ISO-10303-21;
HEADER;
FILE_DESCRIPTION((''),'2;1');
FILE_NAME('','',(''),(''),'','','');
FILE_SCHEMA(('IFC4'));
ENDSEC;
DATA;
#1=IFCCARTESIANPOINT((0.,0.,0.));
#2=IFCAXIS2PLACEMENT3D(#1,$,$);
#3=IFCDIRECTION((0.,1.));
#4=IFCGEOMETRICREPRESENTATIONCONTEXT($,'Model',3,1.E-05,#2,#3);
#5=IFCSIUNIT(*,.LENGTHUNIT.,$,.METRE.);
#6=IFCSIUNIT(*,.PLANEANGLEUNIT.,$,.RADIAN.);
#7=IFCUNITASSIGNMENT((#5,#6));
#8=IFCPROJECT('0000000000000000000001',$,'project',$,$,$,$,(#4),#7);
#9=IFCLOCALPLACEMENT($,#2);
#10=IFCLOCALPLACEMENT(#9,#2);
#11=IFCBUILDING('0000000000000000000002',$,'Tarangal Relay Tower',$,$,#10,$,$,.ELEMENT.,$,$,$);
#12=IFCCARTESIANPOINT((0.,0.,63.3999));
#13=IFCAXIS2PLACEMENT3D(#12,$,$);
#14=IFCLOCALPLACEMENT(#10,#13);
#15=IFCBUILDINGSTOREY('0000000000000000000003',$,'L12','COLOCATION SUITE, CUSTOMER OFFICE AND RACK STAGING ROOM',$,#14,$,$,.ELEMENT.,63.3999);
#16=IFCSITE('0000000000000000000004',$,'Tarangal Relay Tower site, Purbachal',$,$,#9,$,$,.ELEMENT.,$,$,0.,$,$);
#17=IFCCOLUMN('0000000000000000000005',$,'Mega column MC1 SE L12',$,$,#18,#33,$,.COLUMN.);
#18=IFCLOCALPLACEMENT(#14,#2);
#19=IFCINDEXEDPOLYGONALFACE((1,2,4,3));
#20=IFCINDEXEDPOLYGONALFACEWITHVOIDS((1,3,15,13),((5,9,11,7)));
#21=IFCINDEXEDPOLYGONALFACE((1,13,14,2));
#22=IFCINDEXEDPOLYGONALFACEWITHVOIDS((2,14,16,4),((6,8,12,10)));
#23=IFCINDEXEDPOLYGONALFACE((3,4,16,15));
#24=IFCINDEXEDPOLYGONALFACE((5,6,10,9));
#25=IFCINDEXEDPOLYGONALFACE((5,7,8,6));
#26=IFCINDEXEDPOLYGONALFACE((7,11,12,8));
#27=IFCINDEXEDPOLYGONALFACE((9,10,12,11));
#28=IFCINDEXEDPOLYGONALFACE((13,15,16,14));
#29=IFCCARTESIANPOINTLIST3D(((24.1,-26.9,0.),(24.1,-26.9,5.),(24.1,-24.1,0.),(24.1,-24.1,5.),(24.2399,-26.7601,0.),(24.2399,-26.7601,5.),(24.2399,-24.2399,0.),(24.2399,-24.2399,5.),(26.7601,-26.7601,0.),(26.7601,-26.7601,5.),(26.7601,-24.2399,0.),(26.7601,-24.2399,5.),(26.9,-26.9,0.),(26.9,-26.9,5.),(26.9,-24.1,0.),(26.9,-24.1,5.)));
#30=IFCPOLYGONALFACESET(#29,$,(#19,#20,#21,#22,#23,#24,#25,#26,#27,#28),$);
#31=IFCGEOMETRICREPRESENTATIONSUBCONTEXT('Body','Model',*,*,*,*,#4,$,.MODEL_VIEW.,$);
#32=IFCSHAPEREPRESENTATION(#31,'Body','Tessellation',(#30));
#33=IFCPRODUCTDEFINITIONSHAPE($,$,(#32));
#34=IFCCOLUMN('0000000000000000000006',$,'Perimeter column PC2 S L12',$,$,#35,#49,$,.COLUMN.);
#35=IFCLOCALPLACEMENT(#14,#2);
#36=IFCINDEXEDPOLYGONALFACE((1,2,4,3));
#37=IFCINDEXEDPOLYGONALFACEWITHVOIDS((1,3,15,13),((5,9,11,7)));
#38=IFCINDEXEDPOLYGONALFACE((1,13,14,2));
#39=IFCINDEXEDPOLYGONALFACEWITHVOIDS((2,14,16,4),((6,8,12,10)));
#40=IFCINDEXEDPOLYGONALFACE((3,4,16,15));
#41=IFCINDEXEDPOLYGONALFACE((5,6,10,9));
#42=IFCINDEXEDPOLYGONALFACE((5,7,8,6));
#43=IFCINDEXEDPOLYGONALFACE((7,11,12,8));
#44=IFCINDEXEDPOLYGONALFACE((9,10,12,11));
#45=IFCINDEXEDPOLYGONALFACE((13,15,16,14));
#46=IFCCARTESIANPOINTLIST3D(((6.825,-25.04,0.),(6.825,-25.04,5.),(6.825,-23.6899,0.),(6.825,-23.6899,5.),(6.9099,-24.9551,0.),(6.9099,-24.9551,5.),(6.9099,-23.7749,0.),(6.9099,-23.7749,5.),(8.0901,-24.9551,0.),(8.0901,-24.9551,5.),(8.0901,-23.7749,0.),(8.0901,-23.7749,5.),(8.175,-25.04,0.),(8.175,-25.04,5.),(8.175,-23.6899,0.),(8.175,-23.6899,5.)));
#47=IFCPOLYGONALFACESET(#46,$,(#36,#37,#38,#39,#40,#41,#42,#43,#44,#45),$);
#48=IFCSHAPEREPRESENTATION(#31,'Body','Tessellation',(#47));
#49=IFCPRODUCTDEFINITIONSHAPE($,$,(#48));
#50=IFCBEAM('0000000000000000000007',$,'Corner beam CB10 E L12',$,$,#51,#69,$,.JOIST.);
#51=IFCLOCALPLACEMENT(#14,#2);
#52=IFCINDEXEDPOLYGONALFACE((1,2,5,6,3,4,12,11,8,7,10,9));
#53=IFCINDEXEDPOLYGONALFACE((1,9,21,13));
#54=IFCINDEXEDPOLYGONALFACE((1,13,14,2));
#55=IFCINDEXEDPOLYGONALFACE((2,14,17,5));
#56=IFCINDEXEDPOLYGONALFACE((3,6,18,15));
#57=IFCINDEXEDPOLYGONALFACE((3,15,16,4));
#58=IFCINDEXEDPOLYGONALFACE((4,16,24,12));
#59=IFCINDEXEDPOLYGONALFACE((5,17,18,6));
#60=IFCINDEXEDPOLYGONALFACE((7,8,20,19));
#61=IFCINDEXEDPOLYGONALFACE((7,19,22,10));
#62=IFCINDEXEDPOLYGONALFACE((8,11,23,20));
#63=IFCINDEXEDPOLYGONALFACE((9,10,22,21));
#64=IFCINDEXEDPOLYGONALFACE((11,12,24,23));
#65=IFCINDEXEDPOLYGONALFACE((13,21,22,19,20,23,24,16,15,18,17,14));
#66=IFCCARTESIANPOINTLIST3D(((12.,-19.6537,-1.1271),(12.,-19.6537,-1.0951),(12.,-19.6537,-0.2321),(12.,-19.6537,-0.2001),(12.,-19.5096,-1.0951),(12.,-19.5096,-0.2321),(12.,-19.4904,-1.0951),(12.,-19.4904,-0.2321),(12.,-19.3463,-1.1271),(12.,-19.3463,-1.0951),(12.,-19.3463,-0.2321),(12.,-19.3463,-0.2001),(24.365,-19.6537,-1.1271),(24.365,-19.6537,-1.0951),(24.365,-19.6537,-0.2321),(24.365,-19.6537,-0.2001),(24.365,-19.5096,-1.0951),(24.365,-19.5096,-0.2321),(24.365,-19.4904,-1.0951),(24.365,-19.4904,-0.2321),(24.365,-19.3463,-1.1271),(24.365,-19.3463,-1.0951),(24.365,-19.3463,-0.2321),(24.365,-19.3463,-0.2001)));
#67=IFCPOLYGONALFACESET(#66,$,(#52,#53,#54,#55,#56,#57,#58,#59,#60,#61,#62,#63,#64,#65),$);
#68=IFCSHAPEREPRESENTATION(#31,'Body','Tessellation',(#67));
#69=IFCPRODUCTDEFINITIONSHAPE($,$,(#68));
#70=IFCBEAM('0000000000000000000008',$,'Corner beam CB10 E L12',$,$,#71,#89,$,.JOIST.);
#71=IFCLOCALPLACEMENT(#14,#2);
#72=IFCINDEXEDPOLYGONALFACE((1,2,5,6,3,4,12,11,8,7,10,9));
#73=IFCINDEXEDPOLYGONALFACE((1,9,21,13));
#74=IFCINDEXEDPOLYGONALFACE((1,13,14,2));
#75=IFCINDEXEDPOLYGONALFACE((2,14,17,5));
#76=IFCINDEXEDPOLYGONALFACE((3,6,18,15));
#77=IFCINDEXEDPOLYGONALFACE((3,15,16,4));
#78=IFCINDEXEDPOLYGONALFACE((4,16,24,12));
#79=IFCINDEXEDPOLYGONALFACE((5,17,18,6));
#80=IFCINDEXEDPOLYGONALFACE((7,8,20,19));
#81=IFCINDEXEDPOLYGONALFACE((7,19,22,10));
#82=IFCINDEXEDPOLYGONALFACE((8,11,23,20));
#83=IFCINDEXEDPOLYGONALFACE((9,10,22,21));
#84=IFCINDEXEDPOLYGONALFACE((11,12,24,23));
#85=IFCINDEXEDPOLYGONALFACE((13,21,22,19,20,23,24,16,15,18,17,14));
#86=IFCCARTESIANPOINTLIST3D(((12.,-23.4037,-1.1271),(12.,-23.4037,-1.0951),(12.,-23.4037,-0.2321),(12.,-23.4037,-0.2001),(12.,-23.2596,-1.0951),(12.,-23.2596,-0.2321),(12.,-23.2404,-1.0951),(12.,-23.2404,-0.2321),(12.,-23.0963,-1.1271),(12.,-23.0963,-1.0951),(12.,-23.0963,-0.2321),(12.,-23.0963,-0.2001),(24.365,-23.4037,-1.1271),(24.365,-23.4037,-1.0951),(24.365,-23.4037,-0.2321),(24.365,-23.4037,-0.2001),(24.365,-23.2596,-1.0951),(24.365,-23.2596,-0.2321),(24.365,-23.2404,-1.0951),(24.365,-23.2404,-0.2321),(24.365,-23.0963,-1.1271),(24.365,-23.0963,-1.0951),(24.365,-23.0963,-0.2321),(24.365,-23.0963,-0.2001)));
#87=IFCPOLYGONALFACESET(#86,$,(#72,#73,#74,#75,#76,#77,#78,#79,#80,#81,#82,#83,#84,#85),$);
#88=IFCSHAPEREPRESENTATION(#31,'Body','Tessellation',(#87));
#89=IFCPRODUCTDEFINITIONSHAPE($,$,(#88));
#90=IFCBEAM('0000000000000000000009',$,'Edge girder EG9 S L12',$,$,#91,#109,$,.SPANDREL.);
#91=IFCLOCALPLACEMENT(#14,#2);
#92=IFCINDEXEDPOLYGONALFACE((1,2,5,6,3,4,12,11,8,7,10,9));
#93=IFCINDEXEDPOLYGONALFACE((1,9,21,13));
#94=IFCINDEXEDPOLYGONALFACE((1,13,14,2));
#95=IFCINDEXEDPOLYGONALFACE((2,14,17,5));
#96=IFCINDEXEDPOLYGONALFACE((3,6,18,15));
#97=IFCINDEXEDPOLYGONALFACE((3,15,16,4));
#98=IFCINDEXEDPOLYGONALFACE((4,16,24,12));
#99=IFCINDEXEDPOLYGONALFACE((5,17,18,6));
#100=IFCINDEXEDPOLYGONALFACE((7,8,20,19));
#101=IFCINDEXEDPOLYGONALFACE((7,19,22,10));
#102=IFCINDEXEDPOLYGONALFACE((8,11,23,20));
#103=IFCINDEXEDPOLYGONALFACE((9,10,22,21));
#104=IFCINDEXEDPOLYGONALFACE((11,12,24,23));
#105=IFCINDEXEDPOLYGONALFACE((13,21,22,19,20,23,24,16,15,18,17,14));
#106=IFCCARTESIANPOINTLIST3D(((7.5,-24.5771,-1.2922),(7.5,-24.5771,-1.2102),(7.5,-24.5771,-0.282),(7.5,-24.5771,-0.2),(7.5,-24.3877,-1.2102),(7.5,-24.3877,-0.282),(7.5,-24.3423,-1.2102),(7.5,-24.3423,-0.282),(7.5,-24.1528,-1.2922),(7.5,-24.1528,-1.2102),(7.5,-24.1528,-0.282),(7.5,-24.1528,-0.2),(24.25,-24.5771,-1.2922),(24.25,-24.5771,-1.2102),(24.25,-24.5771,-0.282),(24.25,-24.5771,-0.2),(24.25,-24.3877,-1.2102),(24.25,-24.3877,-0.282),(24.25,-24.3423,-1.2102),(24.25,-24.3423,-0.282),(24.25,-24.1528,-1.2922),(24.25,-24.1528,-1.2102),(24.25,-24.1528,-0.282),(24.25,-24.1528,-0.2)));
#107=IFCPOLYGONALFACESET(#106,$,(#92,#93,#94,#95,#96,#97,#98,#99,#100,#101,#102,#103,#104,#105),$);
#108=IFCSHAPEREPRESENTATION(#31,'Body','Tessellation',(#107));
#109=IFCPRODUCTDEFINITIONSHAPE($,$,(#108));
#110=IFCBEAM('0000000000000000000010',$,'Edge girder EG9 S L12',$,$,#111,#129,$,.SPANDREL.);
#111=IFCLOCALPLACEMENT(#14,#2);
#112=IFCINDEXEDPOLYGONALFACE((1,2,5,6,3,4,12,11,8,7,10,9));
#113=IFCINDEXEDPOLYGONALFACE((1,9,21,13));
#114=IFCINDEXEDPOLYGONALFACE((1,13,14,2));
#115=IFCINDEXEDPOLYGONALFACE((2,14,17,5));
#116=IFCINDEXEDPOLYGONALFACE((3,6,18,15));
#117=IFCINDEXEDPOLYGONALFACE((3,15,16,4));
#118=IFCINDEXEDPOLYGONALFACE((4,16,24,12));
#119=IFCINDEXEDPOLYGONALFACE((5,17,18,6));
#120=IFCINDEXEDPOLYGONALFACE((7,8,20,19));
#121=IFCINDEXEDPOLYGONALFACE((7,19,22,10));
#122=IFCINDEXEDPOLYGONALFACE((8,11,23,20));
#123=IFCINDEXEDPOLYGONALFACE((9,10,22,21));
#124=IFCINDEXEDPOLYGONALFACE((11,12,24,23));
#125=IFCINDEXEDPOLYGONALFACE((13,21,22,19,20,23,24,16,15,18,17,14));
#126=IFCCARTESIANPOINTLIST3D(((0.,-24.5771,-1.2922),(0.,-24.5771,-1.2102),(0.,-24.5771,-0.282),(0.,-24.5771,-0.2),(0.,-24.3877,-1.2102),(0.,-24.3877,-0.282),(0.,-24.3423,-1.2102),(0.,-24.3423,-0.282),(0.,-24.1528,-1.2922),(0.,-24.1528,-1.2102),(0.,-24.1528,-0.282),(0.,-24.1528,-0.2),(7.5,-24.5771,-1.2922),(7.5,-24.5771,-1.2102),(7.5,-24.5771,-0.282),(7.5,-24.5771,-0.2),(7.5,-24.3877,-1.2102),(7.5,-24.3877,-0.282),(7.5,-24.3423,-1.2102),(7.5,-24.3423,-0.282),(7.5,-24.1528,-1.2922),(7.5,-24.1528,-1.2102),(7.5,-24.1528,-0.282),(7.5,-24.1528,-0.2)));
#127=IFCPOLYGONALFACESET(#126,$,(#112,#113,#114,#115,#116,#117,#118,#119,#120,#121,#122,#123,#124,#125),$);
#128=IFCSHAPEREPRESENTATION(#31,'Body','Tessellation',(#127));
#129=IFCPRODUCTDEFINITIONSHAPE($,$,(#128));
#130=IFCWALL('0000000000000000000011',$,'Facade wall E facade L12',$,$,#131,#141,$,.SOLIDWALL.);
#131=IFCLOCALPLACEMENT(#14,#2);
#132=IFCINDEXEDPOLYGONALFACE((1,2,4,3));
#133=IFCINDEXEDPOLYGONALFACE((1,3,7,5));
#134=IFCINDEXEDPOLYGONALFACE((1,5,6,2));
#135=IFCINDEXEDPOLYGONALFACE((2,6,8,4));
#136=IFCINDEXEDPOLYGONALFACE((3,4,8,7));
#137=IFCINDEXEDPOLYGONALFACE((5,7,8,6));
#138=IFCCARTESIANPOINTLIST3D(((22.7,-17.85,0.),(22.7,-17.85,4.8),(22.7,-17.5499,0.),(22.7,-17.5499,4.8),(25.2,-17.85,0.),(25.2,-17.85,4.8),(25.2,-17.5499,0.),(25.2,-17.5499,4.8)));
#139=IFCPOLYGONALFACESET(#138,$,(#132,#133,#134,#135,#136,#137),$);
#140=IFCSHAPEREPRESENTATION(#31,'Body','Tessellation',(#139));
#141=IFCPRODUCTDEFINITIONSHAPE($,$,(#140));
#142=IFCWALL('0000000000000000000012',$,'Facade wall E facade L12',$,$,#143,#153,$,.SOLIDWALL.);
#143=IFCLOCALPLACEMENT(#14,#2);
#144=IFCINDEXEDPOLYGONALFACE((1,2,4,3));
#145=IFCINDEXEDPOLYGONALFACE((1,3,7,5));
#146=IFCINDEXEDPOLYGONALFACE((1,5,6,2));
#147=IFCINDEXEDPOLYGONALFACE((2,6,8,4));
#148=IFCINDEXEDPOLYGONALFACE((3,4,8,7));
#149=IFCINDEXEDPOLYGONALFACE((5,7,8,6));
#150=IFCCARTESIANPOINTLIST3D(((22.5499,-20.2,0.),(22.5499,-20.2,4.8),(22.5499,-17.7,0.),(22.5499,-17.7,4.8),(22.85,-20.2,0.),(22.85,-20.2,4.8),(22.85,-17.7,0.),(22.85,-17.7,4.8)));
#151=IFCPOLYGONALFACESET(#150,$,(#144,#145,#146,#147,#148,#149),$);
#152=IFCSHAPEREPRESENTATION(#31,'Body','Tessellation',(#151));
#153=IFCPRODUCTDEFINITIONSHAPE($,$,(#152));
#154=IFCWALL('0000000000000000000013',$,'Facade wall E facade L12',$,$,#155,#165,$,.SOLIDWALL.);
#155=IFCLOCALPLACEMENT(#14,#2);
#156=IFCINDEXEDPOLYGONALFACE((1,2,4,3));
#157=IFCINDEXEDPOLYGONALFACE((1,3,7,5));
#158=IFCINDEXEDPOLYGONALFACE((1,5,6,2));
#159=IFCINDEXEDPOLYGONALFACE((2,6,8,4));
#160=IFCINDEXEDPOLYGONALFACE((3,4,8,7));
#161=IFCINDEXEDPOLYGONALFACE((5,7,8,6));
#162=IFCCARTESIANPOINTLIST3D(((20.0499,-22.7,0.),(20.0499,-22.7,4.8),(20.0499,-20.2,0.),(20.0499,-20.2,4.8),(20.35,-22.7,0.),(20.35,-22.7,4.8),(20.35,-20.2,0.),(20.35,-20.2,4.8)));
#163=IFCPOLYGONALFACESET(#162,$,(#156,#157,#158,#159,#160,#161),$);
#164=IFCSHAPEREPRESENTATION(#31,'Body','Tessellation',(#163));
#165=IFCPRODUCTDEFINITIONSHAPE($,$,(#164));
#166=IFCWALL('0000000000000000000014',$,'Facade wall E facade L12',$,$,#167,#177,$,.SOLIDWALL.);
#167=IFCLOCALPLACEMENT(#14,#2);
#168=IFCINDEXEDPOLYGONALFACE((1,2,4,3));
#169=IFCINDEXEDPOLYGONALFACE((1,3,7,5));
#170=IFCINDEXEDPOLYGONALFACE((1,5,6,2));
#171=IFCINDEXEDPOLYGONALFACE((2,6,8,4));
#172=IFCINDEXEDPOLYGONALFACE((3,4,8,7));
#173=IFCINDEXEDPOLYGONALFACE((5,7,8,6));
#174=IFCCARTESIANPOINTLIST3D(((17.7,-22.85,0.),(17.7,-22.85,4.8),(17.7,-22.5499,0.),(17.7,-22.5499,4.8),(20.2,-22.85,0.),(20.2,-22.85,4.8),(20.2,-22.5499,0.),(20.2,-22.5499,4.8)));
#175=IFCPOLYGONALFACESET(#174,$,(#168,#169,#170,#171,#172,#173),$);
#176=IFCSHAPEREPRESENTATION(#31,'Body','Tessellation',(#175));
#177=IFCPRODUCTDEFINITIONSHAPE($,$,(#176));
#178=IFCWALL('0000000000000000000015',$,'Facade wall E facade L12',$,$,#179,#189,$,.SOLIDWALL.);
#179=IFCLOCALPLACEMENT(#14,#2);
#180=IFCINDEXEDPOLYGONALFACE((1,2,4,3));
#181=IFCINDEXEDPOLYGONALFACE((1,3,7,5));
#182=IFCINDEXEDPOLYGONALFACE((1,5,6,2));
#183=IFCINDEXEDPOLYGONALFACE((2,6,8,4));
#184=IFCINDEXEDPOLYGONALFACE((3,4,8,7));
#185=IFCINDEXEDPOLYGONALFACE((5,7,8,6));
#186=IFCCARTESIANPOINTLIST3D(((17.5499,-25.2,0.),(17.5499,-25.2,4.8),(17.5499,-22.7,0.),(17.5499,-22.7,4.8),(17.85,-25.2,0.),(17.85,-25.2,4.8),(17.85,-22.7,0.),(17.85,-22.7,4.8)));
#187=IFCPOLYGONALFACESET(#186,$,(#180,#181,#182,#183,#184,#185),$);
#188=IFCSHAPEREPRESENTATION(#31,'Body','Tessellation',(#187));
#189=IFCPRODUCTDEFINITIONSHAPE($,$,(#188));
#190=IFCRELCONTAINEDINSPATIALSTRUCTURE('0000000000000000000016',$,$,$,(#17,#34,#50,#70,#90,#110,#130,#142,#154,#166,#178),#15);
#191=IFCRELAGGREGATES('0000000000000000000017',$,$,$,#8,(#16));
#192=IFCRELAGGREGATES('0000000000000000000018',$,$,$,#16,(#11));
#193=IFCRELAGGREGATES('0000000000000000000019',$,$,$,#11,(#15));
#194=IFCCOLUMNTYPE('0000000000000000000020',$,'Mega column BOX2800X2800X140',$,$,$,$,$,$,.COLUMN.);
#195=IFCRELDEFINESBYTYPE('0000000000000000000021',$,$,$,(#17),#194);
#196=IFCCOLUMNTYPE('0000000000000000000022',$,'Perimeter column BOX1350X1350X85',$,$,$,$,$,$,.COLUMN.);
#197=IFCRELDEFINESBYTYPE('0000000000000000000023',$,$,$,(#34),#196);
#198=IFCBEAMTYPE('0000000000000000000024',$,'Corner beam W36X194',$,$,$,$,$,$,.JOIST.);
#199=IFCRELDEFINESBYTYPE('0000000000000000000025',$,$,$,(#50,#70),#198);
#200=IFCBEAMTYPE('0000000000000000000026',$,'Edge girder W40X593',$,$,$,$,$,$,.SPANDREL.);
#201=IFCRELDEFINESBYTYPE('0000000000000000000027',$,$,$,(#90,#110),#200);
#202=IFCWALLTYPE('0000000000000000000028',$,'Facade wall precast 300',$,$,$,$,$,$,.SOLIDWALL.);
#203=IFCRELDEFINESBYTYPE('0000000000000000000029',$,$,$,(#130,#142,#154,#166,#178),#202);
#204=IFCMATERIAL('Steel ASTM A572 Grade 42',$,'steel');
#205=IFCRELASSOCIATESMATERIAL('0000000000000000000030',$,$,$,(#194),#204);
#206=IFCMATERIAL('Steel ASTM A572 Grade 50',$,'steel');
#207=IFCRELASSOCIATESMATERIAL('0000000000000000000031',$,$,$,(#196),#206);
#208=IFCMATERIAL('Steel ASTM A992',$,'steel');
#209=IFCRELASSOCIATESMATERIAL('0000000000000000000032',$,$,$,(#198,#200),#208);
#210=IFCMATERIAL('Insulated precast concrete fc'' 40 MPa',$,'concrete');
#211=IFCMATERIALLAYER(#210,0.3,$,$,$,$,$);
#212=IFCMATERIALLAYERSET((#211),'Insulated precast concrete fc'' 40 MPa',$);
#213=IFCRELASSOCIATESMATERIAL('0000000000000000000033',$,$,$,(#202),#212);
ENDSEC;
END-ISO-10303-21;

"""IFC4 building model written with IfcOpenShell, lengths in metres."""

from ifc_helpers import new_model, si_unit, direction, frame, frame_2d, origin, origin_2d, place, context, subcontext, project, spatial, rectangle, hollow_rectangle, i_section, extrude, material, layer, layer_set, material_profile, profile_set, type_object, element, save


model = new_model("IFC4")

# Units and contexts
model_context = context("Model", 3, precision=1e-05, world=origin(), true_north=direction((0.0, 1.0)))
body_context = subcontext(model_context, "Body", "Model", "MODEL_VIEW")
ifc_project = project(units=[si_unit("LENGTHUNIT", "METRE"), si_unit("PLANEANGLEUNIT", "RADIAN")], contexts=[model_context])

# Site, building, storey
site_placement = place(None, origin())
site = spatial("IfcSite", under=ifc_project, at=site_placement, Name="Tarangal Relay Tower site, Purbachal", CompositionType="ELEMENT", RefElevation=0.0)
building_placement = place(site_placement, origin())
building = spatial("IfcBuilding", under=site, at=building_placement, Name="Tarangal Relay Tower", CompositionType="ELEMENT")
storey_placement = place(building_placement, frame((0.0, 0.0, 63.3999)))
storey = spatial("IfcBuildingStorey", under=building, at=storey_placement, Name="L12", Description="COLOCATION SUITE, CUSTOMER OFFICE AND RACK STAGING ROOM", CompositionType="ELEMENT", Elevation=63.3999)

# Columns
ifc_material_1 = material(Name="Steel ASTM A572 Grade 42", Category="steel")
ifc_material_profile_1 = material_profile(ifc_material_1, hollow_rectangle(XDim=2.8, YDim=2.8, WallThickness=0.1399, at=origin_2d()), Name="BOX2800X2800X140")
ifc_profile_set_1 = profile_set([ifc_material_profile_1], Name="Steel ASTM A572 Grade 42")
column_type_1 = type_object("IfcColumnType", Name="Mega column BOX2800X2800X140", PredefinedType="COLUMN", material=ifc_profile_set_1)
column_1_placement = place(storey_placement, frame((25.5, -25.5, 0.0), z_axis=(0.0, 0.0, 1.0), x_axis=(1.0, 0.0, 0.0)))
element("IfcColumn", 1, at=column_1_placement, inside=storey, type_object=column_type_1, Name="Mega column MC1 SE L12", PredefinedType="COLUMN", context=body_context, shape_type="SweptSolid", body=[
    extrude(hollow_rectangle(XDim=2.8, YDim=2.8, WallThickness=0.1399, at=origin_2d()), origin(), (0.0, 0.0, 1.0), 5.0),
])
ifc_material_2 = material(Name="Steel ASTM A572 Grade 50", Category="steel")
ifc_material_profile_2 = material_profile(ifc_material_2, hollow_rectangle(XDim=1.3501, YDim=1.3501, WallThickness=0.085, at=origin_2d()), Name="BOX1350X1350X85")
ifc_profile_set_2 = profile_set([ifc_material_profile_2], Name="Steel ASTM A572 Grade 50")
column_type_2 = type_object("IfcColumnType", Name="Perimeter column BOX1350X1350X85", PredefinedType="COLUMN", material=ifc_profile_set_2)
column_2_placement = place(storey_placement, frame((7.5, -24.365, 0.0), z_axis=(0.0, 0.0, 1.0), x_axis=(1.0, 0.0, 0.0)))
element("IfcColumn", 2, at=column_2_placement, inside=storey, type_object=column_type_2, Name="Perimeter column PC2 S L12", PredefinedType="COLUMN", context=body_context, shape_type="SweptSolid", body=[
    extrude(hollow_rectangle(XDim=1.3501, YDim=1.3501, WallThickness=0.085, at=origin_2d()), origin(), (0.0, 0.0, 1.0), 5.0),
])

# Beams
ifc_material_3 = material(Name="Steel ASTM A992", Category="steel")
ifc_material_profile_3 = material_profile(ifc_material_3, i_section(OverallWidth=0.3074, OverallDepth=0.927, WebThickness=0.0193, FlangeThickness=0.032, at=origin_2d()), Name="W36X194")
ifc_profile_set_3 = profile_set([ifc_material_profile_3], Name="Steel ASTM A992")
beam_type_1 = type_object("IfcBeamType", Name="Corner beam W36X194", PredefinedType="JOIST", material=ifc_profile_set_3)
for number, where, z_axis, x_axis, name in (
    (3, (12.0, -19.5, -0.6636), (1.0, 0.0, 0.0), (0.0, 1.0, 0.0), "Corner beam CB10 E L12"),
    (4, (12.0, -23.25, -0.6636), (1.0, 0.0, 0.0), (0.0, 1.0, 0.0), "Corner beam CB10 E L12"),
):
    element("IfcBeam", number, at=place(storey_placement, frame(where, z_axis=z_axis, x_axis=x_axis)), inside=storey, type_object=beam_type_1, Name=name, PredefinedType="JOIST", context=body_context, shape_type="SweptSolid", body=[
        extrude(i_section(OverallWidth=0.3074, OverallDepth=0.927, WebThickness=0.0193, FlangeThickness=0.032, at=origin_2d()), origin(), (0.0, 0.0, 1.0), 12.365),
    ])
ifc_material_profile_4 = material_profile(ifc_material_3, i_section(OverallWidth=0.4243, OverallDepth=1.0923, WebThickness=0.0454, FlangeThickness=0.082, at=origin_2d()), Name="W40X593")
ifc_profile_set_4 = profile_set([ifc_material_profile_4], Name="Steel ASTM A992")
beam_type_2 = type_object("IfcBeamType", Name="Edge girder W40X593", PredefinedType="SPANDREL", material=ifc_profile_set_4)
beam_1_placement = place(storey_placement, frame((24.25, -24.365, -0.7461), z_axis=(-1.0, 0.0, 0.0), x_axis=(0.0, -1.0, 0.0)))
element("IfcBeam", 5, at=beam_1_placement, inside=storey, type_object=beam_type_2, Name="Edge girder EG9 S L12", PredefinedType="SPANDREL", context=body_context, shape_type="SweptSolid", body=[
    extrude(i_section(OverallWidth=0.4243, OverallDepth=1.0923, WebThickness=0.0454, FlangeThickness=0.082, at=origin_2d()), origin(), (0.0, 0.0, 1.0), 16.75),
])
beam_2_placement = place(storey_placement, frame((7.5, -24.365, -0.7461), z_axis=(-1.0, 0.0, 0.0), x_axis=(0.0, -1.0, 0.0)))
element("IfcBeam", 6, at=beam_2_placement, inside=storey, type_object=beam_type_2, Name="Edge girder EG9 S L12", PredefinedType="SPANDREL", context=body_context, shape_type="SweptSolid", body=[
    extrude(i_section(OverallWidth=0.4243, OverallDepth=1.0923, WebThickness=0.0454, FlangeThickness=0.082, at=origin_2d()), origin(), (0.0, 0.0, 1.0), 7.5),
])

# Walls
ifc_material_4 = material(Name="Insulated precast concrete fc' 40 MPa", Category="concrete")
ifc_layer_1 = layer(ifc_material_4, 0.3)
ifc_layer_set_1 = layer_set([ifc_layer_1], Name="Insulated precast concrete fc' 40 MPa")
wall_type_1 = type_object("IfcWallType", Name="Facade wall precast 300", PredefinedType="SOLIDWALL", material=ifc_layer_set_1)
for number, where, z_axis, x_axis, name in (
    (7, (25.2, -17.7, 0.0), (0.0, 0.0, 1.0), (-1.0, 0.0, 0.0), "Facade wall E facade L12"),
    (8, (22.7, -17.7, 0.0), (0.0, 0.0, 1.0), (0.0, -1.0, 0.0), "Facade wall E facade L12"),
):
    element("IfcWall", number, at=place(storey_placement, frame(where, z_axis=z_axis, x_axis=x_axis)), inside=storey, type_object=wall_type_1, Name=name, PredefinedType="SOLIDWALL", context=body_context, shape_type="SweptSolid", body=[
        extrude(rectangle(XDim=2.5, YDim=0.3, at=frame_2d((1.25, 0.0))), origin(), (0.0, 0.0, 1.0), 4.8),
    ])

# Walls
for number, where, z_axis, x_axis, name in (
    (9, (20.2, -20.2, 0.0), (0.0, 0.0, 1.0), (0.0, -1.0, 0.0), "Facade wall E facade L12"),
    (10, (20.2, -22.7, 0.0), (0.0, 0.0, 1.0), (-1.0, 0.0, 0.0), "Facade wall E facade L12"),
    (11, (17.7, -22.7, 0.0), (0.0, 0.0, 1.0), (0.0, -1.0, 0.0), "Facade wall E facade L12"),
):
    element("IfcWall", number, at=place(storey_placement, frame(where, z_axis=z_axis, x_axis=x_axis)), inside=storey, type_object=wall_type_1, Name=name, PredefinedType="SOLIDWALL", context=body_context, shape_type="SweptSolid", body=[
        extrude(rectangle(XDim=2.5, YDim=0.3, at=frame_2d((1.25, 0.0))), origin(), (0.0, 0.0, 1.0), 4.8),
    ])

save(model, "model.ifc")
